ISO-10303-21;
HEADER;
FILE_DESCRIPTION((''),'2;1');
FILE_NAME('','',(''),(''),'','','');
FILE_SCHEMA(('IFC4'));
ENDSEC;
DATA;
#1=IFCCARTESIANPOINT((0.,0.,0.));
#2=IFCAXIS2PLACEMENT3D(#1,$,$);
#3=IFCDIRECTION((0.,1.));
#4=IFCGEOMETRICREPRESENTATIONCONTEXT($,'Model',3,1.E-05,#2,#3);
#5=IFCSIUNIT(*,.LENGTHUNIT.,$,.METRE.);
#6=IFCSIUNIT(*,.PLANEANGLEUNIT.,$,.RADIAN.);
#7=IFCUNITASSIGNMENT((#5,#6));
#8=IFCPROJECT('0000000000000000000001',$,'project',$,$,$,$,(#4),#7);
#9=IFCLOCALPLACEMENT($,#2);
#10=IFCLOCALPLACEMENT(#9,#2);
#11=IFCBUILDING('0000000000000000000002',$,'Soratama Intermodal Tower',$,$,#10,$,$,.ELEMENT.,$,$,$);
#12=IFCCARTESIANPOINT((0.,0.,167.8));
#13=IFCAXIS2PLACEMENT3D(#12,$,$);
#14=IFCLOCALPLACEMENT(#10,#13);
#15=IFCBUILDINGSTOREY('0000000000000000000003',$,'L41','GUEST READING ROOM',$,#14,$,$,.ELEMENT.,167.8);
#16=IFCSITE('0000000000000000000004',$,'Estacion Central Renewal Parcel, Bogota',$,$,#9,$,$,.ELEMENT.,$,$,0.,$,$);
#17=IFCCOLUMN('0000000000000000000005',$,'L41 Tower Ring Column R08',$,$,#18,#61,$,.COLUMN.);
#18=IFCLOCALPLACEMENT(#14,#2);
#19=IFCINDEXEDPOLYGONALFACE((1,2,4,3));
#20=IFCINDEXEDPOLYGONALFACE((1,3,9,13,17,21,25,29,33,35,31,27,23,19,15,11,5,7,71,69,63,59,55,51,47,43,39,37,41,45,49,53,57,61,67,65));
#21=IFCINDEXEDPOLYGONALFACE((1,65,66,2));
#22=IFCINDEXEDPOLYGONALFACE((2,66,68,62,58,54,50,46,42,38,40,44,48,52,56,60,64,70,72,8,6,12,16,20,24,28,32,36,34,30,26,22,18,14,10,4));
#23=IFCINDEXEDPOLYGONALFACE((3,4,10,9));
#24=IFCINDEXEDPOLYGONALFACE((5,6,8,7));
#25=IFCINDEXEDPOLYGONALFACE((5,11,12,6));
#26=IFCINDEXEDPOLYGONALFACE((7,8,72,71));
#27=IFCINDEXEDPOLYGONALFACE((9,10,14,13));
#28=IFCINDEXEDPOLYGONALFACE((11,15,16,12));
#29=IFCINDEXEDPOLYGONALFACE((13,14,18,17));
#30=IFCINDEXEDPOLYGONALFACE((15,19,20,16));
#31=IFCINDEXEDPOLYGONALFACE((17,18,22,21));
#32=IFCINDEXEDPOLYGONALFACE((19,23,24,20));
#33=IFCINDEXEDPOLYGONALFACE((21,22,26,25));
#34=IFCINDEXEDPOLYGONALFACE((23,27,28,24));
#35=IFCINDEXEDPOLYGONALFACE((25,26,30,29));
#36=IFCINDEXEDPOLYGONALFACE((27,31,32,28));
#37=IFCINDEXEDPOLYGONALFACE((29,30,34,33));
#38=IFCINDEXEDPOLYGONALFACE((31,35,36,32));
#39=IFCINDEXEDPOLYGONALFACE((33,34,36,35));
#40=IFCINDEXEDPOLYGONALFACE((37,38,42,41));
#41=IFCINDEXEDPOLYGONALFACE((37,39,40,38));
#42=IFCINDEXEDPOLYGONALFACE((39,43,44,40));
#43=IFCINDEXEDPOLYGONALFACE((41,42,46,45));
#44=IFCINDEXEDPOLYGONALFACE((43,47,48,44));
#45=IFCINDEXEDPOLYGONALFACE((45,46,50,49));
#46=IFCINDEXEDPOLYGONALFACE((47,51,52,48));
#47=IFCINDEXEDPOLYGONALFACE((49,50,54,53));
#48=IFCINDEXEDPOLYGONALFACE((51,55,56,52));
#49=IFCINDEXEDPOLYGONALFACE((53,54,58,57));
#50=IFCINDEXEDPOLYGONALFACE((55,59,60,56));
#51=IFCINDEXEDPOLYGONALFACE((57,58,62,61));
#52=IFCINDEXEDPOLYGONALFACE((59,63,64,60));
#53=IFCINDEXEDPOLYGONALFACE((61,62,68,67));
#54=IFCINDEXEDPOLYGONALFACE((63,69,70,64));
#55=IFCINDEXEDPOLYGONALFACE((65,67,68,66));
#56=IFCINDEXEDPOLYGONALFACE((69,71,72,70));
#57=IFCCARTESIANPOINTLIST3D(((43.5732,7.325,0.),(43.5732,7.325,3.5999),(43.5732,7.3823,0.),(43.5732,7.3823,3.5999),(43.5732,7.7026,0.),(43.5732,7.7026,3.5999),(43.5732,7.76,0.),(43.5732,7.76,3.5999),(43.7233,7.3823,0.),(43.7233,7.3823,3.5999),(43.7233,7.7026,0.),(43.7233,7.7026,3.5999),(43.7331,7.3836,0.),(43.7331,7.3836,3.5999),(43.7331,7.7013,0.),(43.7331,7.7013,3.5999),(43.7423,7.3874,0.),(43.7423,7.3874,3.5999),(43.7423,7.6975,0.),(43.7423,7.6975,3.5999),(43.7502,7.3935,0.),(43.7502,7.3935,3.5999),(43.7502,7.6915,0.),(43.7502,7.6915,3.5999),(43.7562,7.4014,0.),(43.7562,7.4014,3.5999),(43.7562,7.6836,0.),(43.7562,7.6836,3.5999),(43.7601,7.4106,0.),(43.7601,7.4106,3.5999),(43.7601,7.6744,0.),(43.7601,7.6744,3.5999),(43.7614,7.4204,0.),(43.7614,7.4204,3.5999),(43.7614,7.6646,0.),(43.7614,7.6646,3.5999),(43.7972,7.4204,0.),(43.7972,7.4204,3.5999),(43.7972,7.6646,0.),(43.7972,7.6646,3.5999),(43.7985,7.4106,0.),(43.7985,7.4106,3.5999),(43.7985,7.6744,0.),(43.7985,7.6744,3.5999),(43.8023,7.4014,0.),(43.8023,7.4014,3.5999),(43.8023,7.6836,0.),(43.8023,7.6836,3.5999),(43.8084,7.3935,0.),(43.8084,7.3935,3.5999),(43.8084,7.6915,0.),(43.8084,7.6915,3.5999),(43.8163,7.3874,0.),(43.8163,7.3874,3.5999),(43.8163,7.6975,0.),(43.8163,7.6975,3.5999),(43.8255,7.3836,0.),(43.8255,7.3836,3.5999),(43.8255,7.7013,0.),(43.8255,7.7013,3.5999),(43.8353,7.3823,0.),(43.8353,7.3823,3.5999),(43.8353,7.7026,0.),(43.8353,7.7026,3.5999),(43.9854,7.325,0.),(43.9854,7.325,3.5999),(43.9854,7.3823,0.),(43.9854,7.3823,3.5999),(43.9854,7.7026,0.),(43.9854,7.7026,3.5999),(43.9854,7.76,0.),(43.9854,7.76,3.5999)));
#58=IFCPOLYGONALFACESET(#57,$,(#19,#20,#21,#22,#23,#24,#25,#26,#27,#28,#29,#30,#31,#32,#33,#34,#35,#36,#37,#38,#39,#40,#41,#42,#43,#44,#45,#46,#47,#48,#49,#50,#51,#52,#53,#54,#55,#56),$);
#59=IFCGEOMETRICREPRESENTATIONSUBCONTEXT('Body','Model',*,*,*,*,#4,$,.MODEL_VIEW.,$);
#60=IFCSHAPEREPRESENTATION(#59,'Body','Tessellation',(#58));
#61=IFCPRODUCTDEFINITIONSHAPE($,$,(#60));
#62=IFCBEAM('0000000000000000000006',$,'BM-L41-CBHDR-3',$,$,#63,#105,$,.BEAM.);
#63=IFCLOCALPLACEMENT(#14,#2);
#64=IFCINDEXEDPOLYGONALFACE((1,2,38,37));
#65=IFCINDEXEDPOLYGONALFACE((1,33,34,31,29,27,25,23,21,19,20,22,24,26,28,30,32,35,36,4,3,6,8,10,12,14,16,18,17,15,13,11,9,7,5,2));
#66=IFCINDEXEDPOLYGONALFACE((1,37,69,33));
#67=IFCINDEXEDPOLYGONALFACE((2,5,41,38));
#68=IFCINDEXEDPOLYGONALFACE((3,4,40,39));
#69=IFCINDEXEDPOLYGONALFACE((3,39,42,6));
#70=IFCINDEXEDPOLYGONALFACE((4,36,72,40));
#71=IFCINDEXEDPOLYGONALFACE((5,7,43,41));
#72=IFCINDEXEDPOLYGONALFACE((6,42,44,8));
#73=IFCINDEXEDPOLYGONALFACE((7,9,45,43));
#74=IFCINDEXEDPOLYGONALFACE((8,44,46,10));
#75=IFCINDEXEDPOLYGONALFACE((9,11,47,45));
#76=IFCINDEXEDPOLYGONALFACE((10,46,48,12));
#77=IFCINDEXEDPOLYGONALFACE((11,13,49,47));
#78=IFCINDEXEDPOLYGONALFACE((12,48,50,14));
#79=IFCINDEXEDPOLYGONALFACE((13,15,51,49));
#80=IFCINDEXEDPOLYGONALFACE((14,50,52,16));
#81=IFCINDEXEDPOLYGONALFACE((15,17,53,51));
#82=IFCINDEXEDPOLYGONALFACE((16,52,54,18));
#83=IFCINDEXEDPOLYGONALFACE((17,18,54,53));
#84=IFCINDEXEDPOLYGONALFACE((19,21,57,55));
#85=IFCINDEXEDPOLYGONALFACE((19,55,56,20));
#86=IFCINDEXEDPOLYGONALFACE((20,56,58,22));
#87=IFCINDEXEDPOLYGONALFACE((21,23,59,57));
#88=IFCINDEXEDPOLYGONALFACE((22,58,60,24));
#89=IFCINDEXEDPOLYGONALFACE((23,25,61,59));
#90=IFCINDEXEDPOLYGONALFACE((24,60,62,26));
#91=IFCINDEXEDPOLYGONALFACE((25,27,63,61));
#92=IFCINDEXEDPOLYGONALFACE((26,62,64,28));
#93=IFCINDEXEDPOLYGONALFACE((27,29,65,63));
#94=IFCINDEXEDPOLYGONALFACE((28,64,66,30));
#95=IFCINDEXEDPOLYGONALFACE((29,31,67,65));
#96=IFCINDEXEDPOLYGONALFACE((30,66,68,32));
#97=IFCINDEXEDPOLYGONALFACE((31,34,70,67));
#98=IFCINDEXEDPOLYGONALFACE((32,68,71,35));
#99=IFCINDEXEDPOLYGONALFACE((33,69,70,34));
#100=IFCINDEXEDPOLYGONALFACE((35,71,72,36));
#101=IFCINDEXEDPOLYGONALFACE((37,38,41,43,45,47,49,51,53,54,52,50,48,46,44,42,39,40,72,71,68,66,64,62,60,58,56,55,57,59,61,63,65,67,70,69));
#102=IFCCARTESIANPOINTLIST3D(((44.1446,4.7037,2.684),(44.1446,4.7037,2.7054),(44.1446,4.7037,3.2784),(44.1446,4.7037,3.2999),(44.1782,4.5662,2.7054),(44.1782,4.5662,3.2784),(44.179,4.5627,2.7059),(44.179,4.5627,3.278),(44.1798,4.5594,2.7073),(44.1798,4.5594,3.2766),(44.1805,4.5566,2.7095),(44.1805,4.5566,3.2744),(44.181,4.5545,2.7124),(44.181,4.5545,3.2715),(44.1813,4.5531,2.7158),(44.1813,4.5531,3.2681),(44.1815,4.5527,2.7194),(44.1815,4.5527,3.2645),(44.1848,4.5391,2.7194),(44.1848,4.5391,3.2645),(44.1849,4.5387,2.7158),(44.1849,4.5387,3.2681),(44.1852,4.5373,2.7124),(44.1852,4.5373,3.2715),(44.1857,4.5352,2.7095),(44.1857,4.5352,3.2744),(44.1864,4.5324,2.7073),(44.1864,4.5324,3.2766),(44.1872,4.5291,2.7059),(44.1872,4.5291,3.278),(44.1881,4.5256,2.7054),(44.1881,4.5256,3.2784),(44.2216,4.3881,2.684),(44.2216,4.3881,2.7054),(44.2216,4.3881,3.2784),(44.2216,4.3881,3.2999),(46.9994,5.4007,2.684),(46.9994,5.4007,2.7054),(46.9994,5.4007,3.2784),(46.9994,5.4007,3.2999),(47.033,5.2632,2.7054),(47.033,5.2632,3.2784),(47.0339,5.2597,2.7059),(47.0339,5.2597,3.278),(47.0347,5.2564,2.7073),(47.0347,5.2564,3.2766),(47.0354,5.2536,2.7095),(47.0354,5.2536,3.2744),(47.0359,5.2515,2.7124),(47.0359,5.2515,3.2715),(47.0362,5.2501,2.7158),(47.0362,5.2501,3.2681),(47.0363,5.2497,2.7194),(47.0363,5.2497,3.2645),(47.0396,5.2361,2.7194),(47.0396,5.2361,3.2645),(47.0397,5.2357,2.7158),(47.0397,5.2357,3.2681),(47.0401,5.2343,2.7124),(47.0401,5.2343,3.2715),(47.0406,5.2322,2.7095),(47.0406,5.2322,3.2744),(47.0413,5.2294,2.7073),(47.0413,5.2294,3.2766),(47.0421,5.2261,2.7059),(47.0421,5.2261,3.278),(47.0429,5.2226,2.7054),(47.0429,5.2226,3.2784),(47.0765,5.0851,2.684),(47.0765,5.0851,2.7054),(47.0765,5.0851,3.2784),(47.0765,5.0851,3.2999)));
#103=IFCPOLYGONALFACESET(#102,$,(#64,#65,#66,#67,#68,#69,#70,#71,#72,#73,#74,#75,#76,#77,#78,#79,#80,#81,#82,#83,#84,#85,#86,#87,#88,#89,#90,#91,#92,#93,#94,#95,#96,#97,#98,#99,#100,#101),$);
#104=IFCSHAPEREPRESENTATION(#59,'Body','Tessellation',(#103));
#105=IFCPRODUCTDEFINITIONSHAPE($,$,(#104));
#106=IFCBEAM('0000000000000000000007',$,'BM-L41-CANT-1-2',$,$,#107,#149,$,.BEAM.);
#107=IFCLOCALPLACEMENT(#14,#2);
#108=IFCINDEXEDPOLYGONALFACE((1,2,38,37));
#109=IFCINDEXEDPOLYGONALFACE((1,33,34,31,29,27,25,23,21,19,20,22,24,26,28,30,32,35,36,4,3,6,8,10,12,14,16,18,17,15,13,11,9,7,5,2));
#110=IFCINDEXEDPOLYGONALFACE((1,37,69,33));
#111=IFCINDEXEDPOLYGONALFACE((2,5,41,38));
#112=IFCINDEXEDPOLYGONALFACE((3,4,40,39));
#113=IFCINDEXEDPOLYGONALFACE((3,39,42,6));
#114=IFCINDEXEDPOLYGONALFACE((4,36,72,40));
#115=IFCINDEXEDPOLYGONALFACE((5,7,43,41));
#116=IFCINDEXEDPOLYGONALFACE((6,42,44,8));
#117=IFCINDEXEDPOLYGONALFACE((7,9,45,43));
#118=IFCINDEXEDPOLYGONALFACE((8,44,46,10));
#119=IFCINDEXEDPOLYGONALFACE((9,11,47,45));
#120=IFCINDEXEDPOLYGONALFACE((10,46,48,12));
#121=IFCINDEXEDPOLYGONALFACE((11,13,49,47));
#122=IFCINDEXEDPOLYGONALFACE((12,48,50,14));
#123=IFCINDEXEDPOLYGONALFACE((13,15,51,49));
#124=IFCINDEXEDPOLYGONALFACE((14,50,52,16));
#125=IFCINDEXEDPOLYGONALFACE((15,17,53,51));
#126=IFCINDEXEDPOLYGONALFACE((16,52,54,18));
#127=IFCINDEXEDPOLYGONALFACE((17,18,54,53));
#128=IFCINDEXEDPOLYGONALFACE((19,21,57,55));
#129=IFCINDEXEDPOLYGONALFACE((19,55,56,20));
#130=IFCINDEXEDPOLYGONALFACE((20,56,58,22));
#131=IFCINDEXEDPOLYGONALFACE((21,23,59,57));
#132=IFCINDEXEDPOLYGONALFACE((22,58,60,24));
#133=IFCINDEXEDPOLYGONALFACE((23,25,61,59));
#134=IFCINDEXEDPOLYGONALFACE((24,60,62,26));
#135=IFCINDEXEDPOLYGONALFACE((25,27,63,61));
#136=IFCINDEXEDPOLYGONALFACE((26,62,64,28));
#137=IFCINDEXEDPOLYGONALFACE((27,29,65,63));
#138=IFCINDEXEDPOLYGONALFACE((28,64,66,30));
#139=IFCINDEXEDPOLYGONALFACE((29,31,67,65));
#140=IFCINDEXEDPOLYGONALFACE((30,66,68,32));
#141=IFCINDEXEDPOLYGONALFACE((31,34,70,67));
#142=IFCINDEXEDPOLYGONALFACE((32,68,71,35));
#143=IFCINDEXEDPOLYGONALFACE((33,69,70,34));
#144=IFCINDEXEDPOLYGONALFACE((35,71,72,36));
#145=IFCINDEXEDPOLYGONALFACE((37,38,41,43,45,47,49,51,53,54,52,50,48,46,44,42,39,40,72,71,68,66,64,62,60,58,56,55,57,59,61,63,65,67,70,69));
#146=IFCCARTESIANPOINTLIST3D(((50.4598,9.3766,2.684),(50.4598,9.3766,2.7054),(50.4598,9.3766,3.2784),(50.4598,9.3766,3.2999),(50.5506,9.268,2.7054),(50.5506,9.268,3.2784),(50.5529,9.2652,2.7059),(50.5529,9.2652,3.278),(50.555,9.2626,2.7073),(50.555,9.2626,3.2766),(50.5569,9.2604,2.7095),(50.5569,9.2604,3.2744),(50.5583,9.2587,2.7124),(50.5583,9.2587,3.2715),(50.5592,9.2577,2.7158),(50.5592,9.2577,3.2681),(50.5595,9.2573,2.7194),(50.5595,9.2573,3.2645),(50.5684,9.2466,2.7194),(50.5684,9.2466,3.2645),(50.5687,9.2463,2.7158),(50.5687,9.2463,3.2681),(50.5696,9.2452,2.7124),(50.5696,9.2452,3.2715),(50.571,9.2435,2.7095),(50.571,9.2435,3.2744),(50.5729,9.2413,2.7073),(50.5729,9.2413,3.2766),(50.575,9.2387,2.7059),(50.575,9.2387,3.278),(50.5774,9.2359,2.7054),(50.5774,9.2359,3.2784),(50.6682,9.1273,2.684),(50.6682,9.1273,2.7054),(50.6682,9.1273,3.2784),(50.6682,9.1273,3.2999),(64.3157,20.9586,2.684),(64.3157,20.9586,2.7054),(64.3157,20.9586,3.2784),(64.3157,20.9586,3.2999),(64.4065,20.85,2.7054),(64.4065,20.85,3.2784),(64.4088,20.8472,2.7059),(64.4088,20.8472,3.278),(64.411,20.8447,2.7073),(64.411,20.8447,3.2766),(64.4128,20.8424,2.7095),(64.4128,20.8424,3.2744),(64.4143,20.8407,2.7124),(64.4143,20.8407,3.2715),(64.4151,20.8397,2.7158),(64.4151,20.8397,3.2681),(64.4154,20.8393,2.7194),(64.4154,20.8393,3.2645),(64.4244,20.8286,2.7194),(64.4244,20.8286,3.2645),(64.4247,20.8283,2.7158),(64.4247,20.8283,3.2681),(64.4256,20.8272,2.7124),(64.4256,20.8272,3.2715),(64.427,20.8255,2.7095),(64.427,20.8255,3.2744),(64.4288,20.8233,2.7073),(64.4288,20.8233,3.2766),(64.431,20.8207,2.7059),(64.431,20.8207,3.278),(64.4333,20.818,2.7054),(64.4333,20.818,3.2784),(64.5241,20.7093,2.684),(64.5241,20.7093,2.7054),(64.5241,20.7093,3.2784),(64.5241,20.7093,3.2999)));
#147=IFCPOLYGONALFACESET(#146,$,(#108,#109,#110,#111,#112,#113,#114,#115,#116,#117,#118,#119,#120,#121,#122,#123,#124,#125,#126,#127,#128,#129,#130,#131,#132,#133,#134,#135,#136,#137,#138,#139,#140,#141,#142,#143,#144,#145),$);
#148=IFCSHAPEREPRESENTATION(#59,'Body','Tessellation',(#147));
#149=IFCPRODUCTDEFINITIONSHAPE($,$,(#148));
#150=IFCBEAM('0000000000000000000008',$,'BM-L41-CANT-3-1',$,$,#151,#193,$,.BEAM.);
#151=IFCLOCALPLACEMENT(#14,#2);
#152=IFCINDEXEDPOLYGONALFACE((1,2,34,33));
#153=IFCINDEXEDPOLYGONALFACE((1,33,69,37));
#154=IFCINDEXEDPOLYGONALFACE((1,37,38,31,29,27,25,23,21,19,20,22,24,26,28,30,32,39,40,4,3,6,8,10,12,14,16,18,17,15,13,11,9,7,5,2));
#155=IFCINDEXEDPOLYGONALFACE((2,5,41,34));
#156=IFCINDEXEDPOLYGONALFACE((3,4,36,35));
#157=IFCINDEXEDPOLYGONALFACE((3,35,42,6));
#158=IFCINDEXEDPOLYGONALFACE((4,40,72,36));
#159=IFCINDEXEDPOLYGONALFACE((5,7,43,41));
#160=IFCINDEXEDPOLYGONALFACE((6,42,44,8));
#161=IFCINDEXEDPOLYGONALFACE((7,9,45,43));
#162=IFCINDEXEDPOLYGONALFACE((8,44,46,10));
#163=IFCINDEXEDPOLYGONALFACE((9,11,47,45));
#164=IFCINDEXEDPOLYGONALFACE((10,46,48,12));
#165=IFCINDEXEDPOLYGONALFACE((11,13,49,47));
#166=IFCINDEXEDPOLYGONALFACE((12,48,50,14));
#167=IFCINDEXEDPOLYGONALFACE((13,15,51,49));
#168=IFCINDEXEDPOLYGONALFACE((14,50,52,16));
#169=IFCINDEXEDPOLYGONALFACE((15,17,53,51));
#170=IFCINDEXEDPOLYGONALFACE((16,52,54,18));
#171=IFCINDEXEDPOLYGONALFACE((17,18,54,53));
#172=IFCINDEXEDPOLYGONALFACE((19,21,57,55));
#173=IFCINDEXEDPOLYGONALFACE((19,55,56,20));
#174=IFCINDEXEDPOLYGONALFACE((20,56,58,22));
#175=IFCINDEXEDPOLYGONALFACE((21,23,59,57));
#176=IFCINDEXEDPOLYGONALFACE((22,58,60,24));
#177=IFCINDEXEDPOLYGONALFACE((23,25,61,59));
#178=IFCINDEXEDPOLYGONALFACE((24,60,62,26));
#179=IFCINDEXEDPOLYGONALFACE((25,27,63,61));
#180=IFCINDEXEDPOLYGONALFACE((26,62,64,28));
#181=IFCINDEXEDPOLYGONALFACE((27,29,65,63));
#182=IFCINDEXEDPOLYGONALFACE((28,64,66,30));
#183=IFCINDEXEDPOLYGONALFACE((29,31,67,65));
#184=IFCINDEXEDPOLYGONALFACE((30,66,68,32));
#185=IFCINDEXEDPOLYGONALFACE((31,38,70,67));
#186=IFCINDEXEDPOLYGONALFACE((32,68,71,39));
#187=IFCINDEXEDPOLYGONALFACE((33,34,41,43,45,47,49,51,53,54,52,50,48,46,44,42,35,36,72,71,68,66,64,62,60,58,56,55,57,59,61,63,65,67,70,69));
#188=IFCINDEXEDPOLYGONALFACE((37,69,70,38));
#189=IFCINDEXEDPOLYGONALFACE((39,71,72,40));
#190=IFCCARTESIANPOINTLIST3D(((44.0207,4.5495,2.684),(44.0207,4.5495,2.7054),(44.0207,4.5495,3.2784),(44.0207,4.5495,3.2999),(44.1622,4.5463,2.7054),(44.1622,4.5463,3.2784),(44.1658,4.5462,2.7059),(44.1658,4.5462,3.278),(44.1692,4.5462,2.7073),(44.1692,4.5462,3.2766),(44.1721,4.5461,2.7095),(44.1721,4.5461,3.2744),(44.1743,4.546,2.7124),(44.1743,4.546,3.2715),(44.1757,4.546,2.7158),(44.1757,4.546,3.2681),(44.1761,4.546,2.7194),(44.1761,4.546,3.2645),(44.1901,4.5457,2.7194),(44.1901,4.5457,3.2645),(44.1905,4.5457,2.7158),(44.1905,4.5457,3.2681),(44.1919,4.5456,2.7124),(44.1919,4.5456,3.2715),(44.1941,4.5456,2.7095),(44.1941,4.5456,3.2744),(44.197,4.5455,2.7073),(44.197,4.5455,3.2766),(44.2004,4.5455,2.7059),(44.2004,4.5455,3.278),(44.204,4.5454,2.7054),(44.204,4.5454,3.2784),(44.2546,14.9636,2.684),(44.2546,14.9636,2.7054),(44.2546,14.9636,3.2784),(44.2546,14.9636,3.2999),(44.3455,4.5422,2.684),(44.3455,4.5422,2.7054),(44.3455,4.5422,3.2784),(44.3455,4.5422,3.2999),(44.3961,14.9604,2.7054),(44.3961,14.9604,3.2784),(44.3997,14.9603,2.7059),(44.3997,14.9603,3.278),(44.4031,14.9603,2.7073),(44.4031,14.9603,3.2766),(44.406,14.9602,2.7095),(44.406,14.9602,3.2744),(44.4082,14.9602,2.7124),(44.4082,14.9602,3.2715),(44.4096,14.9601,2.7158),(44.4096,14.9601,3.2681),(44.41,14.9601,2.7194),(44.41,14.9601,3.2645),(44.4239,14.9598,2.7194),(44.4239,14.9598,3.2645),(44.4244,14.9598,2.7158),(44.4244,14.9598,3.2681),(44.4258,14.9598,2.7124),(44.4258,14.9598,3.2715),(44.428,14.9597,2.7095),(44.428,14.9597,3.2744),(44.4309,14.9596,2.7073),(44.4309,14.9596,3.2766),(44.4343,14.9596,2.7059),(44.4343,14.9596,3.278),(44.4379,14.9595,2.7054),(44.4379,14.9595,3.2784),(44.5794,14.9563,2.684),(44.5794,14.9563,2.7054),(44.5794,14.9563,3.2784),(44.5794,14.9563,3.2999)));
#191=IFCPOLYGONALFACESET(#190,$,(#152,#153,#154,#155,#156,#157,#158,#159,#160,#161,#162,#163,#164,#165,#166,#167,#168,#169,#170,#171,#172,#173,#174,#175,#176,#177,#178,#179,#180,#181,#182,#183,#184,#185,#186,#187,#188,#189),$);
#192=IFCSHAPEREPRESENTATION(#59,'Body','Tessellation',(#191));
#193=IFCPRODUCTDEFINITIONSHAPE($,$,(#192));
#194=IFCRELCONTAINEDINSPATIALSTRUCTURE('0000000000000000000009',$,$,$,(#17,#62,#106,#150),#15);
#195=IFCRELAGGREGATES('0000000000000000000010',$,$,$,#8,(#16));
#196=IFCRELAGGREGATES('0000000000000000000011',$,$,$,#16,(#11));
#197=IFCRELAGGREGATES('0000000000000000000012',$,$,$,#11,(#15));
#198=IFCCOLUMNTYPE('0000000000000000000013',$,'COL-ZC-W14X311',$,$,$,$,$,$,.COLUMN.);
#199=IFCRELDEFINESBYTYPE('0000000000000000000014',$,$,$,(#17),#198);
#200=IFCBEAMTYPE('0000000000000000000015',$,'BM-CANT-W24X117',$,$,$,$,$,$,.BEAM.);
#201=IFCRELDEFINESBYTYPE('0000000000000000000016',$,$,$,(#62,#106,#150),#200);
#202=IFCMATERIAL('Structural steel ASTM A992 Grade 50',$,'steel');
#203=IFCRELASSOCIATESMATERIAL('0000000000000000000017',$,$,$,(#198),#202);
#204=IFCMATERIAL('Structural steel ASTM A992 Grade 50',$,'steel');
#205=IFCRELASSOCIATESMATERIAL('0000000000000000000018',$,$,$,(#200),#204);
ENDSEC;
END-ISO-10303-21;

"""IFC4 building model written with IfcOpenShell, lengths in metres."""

from ifc_helpers import new_model, si_unit, direction, frame, origin, origin_2d, place, context, subcontext, project, spatial, i_section, extrude, material, material_profile, profile_set, type_object, element, save


model = new_model("IFC4")

# Units and contexts
model_context = context("Model", 3, precision=1e-05, world=origin(), true_north=direction((0.0, 1.0)))
body_context = subcontext(model_context, "Body", "Model", "MODEL_VIEW")
ifc_project = project(units=[si_unit("LENGTHUNIT", "METRE"), si_unit("PLANEANGLEUNIT", "RADIAN")], contexts=[model_context])

# Site, building, storey
site_placement = place(None, origin())
site = spatial("IfcSite", under=ifc_project, at=site_placement, Name="Estacion Central Renewal Parcel, Bogota", CompositionType="ELEMENT", RefElevation=0.0)
building_placement = place(site_placement, origin())
building = spatial("IfcBuilding", under=site, at=building_placement, Name="Soratama Intermodal Tower", CompositionType="ELEMENT")
storey_placement = place(building_placement, frame((0.0, 0.0, 167.8)))
storey = spatial("IfcBuildingStorey", under=building, at=storey_placement, Name="L41", Description="GUEST READING ROOM", CompositionType="ELEMENT", Elevation=167.8)

# Column
ifc_material_1 = material(Name="Structural steel ASTM A992 Grade 50", Category="steel")
ifc_material_profile_1 = material_profile(ifc_material_1, i_section(OverallWidth=0.4121, OverallDepth=0.4351, WebThickness=0.0359, FlangeThickness=0.0574, FilletRadius=0.0381, at=origin_2d()), Name="W14X311")
ifc_profile_set_1 = profile_set([ifc_material_profile_1], Name="Structural steel ASTM A992 Grade 50")
column_type = type_object("IfcColumnType", Name="COL-ZC-W14X311", PredefinedType="COLUMN", material=ifc_profile_set_1)
column_placement = place(storey_placement, frame((43.7793, 7.5425, 0.0), z_axis=(0.0, 0.0, 1.0), x_axis=(1.0, 0.0, 0.0)))
element("IfcColumn", 1, at=column_placement, inside=storey, type_object=column_type, Name="L41 Tower Ring Column R08", PredefinedType="COLUMN", context=body_context, shape_type="SweptSolid", body=[
    extrude(i_section(OverallWidth=0.4121, OverallDepth=0.4351, WebThickness=0.0359, FlangeThickness=0.0574, FilletRadius=0.0381, at=origin_2d()), origin(), (0.0, 0.0, 1.0), 3.5999),
])

# Beams
ifc_material_2 = material(Name="Structural steel ASTM A992 Grade 50", Category="steel")
ifc_material_profile_2 = material_profile(ifc_material_2, i_section(OverallWidth=0.325, OverallDepth=0.616, WebThickness=0.0139, FlangeThickness=0.0215, FilletRadius=0.0139, at=origin_2d()), Name="W24X117")
ifc_profile_set_2 = profile_set([ifc_material_profile_2], Name="Structural steel ASTM A992 Grade 50")
beam_type_1 = type_object("IfcBeamType", Name="BM-CANT-W24X117", PredefinedType="BEAM", material=ifc_profile_set_2)
beam_1_placement = place(storey_placement, frame((44.1831, 4.5459, 2.9919), z_axis=(0.971467, 0.237176, 0.0), x_axis=(-0.237176, 0.971467, 0.0)))
element("IfcBeam", 2, at=beam_1_placement, inside=storey, type_object=beam_type_1, Name="BM-L41-CBHDR-3", PredefinedType="BEAM", context=body_context, shape_type="SweptSolid", body=[
    extrude(i_section(OverallWidth=0.325, OverallDepth=0.616, WebThickness=0.0139, FlangeThickness=0.0215, FilletRadius=0.0139, at=origin_2d()), origin(), (0.0, 0.0, 1.0), 2.9387),
])
beam_2_placement = place(storey_placement, frame((50.564, 9.252, 2.9919), z_axis=(0.767256, 0.641341, 0.0), x_axis=(-0.641341, 0.767256, 0.0)))
element("IfcBeam", 3, at=beam_2_placement, inside=storey, type_object=beam_type_1, Name="BM-L41-CANT-1-2", PredefinedType="BEAM", context=body_context, shape_type="SweptSolid", body=[
    extrude(i_section(OverallWidth=0.325, OverallDepth=0.616, WebThickness=0.0139, FlangeThickness=0.0215, FilletRadius=0.0139, at=origin_2d()), origin(), (0.0, 0.0, 1.0), 18.0591),
])
beam_3_placement = place(storey_placement, frame((44.417, 14.96, 2.9919), z_axis=(-0.022453, -0.999748, 0.0), x_axis=(0.999748, -0.022453, 0.0)))
element("IfcBeam", 4, at=beam_3_placement, inside=storey, type_object=beam_type_1, Name="BM-L41-CANT-3-1", PredefinedType="BEAM", context=body_context, shape_type="SweptSolid", body=[
    extrude(i_section(OverallWidth=0.325, OverallDepth=0.616, WebThickness=0.0139, FlangeThickness=0.0215, FilletRadius=0.0139, at=origin_2d()), origin(), (0.0, 0.0, 1.0), 10.4167),
])

save(model, "model.ifc")
